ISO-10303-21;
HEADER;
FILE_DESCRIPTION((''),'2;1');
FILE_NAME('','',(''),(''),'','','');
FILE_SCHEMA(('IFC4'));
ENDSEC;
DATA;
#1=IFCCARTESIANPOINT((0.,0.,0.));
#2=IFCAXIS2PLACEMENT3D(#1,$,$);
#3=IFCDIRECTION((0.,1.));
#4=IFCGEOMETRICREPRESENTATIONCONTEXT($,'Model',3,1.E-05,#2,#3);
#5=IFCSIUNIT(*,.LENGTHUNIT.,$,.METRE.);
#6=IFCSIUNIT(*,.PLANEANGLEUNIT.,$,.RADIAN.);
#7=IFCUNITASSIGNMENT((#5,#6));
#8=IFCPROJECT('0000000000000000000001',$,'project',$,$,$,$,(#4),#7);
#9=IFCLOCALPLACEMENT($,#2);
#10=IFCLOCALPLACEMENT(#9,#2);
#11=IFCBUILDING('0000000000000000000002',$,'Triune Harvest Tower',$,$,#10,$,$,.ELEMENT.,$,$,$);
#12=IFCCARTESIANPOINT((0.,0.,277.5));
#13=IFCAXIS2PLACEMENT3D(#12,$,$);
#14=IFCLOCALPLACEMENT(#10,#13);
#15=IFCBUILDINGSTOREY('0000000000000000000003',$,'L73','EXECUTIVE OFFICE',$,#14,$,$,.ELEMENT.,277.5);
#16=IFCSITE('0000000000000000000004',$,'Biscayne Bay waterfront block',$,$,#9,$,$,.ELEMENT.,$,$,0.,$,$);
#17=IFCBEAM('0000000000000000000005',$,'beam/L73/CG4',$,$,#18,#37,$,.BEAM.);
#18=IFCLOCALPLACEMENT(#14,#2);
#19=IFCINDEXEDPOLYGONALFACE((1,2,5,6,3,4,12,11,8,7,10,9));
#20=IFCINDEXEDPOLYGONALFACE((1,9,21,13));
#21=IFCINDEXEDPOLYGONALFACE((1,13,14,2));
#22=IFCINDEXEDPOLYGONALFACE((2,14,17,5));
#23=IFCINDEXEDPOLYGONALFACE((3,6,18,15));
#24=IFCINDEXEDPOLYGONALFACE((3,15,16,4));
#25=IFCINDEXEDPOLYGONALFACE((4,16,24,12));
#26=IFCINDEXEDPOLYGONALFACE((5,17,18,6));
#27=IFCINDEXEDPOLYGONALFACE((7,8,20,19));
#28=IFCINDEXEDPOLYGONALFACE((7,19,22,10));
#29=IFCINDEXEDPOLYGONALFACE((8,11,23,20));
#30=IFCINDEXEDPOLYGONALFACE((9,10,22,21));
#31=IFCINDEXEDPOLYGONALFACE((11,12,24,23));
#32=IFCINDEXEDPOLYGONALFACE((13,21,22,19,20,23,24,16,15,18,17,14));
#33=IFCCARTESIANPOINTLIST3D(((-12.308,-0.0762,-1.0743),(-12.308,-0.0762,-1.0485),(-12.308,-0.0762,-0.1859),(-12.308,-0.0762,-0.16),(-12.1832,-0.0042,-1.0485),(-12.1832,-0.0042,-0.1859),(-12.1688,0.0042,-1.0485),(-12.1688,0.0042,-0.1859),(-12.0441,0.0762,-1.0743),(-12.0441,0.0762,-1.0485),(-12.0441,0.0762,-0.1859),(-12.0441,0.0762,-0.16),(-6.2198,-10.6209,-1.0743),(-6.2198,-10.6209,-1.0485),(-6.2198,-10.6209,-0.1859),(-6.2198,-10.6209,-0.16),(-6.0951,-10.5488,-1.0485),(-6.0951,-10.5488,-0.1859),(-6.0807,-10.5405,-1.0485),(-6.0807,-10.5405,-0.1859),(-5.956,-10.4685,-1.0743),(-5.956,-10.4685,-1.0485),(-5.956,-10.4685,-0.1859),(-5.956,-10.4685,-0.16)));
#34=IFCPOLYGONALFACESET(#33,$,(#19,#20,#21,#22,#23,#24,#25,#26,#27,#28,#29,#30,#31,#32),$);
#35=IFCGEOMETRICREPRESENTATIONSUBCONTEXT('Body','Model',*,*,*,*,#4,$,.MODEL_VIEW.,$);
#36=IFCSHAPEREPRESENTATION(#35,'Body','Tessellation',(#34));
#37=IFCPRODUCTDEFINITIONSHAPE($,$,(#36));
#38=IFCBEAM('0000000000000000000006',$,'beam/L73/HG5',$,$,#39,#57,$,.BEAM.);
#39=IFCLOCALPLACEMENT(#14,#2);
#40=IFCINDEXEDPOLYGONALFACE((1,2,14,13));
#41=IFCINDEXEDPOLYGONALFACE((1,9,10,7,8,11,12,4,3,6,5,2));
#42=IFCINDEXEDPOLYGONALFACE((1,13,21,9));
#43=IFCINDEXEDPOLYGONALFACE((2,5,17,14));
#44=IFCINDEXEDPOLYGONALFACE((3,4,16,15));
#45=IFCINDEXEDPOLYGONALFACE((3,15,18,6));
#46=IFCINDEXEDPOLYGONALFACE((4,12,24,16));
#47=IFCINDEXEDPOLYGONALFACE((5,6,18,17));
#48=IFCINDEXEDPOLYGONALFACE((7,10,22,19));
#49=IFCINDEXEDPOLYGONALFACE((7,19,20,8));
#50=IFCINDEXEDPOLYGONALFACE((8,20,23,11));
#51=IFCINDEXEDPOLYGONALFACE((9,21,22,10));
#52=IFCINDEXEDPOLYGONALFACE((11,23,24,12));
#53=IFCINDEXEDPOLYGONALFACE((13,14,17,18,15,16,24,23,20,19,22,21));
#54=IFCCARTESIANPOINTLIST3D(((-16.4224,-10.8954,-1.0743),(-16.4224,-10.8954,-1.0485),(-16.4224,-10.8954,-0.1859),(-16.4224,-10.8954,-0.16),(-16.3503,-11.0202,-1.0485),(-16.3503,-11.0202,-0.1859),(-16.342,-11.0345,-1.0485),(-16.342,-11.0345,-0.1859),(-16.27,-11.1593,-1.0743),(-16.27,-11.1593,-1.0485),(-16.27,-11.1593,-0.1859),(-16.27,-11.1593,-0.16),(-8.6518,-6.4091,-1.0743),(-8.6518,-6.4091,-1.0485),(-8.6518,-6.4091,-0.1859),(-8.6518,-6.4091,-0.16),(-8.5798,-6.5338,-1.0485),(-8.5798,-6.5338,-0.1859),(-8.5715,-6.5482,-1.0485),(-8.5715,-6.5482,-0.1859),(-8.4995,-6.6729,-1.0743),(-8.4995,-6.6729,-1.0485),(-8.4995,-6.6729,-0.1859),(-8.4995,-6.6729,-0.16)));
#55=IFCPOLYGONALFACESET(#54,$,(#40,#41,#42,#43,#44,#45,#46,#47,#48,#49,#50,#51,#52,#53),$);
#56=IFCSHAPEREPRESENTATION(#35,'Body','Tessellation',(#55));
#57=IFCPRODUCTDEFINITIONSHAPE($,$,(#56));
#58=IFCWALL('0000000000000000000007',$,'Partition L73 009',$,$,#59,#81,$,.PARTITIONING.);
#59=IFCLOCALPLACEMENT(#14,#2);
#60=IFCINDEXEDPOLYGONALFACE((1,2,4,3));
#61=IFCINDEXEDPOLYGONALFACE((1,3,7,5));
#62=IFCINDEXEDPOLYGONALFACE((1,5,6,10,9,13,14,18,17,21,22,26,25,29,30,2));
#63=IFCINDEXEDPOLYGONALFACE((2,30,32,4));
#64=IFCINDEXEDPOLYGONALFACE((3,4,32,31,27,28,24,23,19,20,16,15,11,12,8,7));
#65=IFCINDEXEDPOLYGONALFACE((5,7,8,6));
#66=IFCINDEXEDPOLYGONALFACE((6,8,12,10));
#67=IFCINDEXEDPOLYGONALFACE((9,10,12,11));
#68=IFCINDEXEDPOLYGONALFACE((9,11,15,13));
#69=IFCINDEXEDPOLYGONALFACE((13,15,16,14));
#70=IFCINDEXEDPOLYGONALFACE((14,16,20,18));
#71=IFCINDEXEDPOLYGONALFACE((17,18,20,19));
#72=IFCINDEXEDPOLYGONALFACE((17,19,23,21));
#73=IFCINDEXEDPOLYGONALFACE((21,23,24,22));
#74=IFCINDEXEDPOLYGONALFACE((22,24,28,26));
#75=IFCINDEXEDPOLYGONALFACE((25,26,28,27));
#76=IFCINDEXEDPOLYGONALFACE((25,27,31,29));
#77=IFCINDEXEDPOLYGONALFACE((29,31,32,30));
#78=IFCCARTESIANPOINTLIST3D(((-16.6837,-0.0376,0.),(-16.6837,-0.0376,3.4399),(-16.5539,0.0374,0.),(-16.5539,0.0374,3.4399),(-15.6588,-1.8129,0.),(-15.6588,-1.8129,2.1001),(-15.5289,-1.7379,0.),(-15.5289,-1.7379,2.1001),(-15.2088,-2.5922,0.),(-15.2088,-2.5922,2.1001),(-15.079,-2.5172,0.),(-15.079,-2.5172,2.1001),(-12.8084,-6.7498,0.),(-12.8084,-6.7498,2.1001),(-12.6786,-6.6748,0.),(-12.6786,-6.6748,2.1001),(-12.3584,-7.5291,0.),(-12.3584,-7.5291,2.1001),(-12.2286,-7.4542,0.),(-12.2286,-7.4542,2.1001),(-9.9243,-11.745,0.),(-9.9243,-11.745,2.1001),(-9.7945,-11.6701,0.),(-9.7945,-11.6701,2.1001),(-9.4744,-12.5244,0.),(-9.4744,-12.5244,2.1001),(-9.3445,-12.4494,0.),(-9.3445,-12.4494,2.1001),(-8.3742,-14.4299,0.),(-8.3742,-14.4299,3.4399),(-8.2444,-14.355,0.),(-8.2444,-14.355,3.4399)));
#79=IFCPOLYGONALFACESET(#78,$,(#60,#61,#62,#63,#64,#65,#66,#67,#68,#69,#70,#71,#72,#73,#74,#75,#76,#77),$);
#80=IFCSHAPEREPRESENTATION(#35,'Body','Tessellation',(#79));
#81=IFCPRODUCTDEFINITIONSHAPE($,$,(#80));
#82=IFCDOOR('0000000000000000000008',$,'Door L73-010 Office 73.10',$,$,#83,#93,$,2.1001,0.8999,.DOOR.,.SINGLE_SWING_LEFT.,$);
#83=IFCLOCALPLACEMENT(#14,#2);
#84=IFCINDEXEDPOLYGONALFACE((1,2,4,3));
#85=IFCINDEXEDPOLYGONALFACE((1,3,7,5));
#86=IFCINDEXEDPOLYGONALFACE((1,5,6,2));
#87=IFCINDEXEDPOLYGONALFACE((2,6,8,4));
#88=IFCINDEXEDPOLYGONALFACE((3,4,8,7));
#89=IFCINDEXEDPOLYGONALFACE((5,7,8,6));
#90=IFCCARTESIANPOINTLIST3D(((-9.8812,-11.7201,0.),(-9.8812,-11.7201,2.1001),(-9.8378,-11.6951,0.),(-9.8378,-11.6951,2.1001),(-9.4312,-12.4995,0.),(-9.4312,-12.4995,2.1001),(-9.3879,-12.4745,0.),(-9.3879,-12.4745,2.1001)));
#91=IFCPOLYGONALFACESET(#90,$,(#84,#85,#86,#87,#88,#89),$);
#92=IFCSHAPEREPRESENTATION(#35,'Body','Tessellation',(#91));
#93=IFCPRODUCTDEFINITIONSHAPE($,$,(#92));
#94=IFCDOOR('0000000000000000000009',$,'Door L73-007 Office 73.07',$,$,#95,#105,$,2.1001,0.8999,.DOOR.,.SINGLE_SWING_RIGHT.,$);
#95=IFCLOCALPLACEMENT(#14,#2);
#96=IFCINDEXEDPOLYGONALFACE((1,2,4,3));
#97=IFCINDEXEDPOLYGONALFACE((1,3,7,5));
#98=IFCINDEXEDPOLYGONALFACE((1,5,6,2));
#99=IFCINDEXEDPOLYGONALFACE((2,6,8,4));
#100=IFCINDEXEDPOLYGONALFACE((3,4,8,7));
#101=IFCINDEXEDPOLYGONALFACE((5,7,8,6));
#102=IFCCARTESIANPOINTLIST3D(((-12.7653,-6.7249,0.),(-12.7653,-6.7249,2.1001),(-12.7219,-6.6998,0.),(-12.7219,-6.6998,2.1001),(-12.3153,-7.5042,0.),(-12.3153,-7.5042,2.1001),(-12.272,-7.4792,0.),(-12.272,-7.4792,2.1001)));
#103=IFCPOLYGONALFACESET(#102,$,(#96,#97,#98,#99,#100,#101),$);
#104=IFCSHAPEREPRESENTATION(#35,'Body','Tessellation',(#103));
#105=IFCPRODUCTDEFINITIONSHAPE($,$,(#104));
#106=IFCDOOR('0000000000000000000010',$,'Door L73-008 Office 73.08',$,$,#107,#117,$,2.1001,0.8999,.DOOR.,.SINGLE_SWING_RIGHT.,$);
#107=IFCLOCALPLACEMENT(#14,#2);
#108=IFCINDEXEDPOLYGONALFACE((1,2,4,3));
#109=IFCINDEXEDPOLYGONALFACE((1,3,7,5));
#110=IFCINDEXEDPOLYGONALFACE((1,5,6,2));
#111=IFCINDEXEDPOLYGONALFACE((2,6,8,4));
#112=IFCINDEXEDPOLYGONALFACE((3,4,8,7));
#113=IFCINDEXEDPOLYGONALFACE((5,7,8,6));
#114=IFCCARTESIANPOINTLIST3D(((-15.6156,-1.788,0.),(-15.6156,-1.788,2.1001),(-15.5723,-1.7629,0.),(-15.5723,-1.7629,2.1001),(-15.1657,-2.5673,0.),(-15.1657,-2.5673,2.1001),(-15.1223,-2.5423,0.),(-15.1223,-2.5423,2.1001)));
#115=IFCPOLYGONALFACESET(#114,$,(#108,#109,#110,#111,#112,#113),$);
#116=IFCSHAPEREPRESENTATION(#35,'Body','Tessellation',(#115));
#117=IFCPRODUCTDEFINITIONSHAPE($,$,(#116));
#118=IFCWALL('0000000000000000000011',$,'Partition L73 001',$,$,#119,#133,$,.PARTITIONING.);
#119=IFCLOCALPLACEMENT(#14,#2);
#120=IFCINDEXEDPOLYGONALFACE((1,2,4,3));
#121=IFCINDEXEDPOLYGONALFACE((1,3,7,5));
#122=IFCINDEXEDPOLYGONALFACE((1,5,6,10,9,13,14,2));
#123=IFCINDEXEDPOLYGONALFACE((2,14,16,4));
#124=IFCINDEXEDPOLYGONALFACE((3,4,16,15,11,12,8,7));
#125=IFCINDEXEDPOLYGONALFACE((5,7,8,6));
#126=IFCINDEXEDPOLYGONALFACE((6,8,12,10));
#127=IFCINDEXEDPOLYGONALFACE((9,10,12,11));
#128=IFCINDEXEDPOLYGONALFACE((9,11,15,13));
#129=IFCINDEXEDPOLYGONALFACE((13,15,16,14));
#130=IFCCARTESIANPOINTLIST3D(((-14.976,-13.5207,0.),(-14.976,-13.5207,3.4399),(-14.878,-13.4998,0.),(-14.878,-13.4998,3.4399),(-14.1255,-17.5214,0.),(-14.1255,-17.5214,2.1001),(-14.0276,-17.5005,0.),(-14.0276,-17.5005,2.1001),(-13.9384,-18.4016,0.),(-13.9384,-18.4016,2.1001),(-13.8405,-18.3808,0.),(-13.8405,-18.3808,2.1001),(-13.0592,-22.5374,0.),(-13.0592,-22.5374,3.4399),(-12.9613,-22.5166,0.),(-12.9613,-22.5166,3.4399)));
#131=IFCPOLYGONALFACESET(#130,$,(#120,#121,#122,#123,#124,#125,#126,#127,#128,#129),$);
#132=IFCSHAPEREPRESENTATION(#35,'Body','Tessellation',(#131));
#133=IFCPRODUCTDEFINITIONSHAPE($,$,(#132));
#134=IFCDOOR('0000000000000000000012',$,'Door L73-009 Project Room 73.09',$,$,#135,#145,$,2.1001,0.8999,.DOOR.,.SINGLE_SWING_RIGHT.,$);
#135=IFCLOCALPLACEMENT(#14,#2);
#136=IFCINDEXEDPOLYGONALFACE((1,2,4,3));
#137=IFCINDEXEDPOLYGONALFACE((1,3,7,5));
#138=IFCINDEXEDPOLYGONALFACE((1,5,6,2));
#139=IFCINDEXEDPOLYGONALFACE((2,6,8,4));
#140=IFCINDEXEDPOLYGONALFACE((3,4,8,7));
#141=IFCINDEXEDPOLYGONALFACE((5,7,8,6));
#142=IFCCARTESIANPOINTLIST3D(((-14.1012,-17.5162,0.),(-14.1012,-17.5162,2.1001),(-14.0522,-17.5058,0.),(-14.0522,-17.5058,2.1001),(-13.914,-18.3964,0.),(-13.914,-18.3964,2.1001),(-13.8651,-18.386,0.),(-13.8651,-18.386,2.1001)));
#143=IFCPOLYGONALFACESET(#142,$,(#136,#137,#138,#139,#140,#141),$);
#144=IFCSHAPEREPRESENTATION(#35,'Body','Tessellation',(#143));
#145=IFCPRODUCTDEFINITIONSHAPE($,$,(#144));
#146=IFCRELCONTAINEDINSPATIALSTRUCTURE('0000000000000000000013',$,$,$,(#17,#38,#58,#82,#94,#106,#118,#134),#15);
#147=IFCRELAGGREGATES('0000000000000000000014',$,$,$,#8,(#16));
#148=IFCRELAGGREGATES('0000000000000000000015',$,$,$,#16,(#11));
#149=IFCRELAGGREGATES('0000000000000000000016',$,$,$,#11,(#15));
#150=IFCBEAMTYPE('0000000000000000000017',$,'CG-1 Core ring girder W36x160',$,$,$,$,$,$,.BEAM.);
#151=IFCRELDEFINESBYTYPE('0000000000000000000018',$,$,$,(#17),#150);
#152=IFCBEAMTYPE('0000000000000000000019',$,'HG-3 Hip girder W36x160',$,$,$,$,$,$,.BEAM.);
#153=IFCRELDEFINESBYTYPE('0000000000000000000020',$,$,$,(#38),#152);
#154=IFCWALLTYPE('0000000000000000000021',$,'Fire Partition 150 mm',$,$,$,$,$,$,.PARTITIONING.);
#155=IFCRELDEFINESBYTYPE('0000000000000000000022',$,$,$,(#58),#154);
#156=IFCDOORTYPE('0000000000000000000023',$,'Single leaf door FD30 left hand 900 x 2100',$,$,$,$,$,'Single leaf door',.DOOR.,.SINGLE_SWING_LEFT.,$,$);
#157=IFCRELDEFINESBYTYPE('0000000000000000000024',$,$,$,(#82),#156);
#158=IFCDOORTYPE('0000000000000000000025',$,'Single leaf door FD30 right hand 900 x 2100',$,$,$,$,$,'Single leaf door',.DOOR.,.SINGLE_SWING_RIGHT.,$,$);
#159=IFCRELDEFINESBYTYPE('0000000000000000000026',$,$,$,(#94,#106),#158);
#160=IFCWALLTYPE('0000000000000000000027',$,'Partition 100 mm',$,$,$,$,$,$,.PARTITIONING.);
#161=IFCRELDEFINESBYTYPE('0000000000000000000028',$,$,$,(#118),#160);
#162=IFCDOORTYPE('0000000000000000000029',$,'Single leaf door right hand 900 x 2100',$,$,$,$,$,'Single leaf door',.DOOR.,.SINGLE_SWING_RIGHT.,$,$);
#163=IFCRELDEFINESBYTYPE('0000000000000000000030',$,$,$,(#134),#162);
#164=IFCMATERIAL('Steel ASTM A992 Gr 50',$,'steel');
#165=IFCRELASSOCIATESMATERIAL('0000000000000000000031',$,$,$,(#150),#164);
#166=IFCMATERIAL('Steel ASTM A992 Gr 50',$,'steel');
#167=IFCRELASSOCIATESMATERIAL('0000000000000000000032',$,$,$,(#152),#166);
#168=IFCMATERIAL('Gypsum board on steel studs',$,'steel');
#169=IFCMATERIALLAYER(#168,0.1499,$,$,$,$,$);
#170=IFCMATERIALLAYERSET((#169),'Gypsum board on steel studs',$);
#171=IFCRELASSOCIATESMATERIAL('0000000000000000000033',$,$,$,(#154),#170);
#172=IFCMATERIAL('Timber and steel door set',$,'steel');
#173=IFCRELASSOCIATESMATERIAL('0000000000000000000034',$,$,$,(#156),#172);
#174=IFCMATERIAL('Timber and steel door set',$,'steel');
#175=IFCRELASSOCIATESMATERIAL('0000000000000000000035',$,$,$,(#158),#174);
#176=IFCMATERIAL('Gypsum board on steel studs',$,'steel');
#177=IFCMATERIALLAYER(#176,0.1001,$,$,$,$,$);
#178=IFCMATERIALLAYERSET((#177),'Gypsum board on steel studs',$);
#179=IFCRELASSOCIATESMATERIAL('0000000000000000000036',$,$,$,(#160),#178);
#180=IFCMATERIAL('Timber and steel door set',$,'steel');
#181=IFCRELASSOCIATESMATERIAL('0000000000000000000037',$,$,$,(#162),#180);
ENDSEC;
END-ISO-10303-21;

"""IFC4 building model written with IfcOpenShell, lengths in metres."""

from ifc_helpers import new_model, si_unit, direction, frame, frame_2d, origin, origin_2d, place, context, subcontext, project, spatial, rectangle, i_section, extrude, source, transform, mapped, material, layer, layer_set, material_profile, profile_set, type_object, element, fill, save


model = new_model("IFC4")

# Units and contexts
model_context = context("Model", 3, precision=1e-05, world=origin(), true_north=direction((0.0, 1.0)))
body_context = subcontext(model_context, "Body", "Model", "MODEL_VIEW")
ifc_project = project(units=[si_unit("LENGTHUNIT", "METRE"), si_unit("PLANEANGLEUNIT", "RADIAN")], contexts=[model_context])

# Site, building, storey
site_placement = place(None, origin())
site = spatial("IfcSite", under=ifc_project, at=site_placement, Name="Biscayne Bay waterfront block", CompositionType="ELEMENT", RefElevation=0.0)
building_placement = place(site_placement, origin())
building = spatial("IfcBuilding", under=site, at=building_placement, Name="Triune Harvest Tower", CompositionType="ELEMENT")
storey_placement = place(building_placement, frame((0.0, 0.0, 277.5)))
storey = spatial("IfcBuildingStorey", under=building, at=storey_placement, Name="L73", Description="EXECUTIVE OFFICE", CompositionType="ELEMENT", Elevation=277.5)

# Beams
ifc_material_1 = material(Name="Steel ASTM A992 Gr 50", Category="steel")
ifc_material_profile_1 = material_profile(ifc_material_1, i_section(OverallWidth=0.3047, OverallDepth=0.9143, WebThickness=0.0166, FlangeThickness=0.0259, at=origin_2d()), Name="W36x160")
ifc_profile_set_1 = profile_set([ifc_material_profile_1], Name="Steel ASTM A992 Gr 50")
beam_type_1 = type_object("IfcBeamType", Name="CG-1 Core ring girder W36x160", PredefinedType="BEAM", material=ifc_profile_set_1)
shared_shape_1 = source(origin(), body_context, "Body", "SweptSolid", [
    extrude(i_section(OverallWidth=0.3047, OverallDepth=0.9143, WebThickness=0.0166, FlangeThickness=0.0259, at=origin_2d()), origin(), (0.0, 0.0, 1.0), 12.176),
])
beam_1_placement = place(storey_placement, frame((-12.176, 0.0, -0.6172), z_axis=(0.50001, -0.86602, 0.0), x_axis=(0.86602, 0.50001, 0.0)))
element("IfcBeam", 1, at=beam_1_placement, inside=storey, type_object=beam_type_1, Name="beam/L73/CG4", PredefinedType="BEAM", context=body_context, shape_type="MappedRepresentation", body=[
    mapped(shared_shape_1, transform((0.0, 0.0, 0.0), scale=1.0)),
])
ifc_material_2 = material(Name="Steel ASTM A992 Gr 50", Category="steel")
ifc_material_profile_2 = material_profile(ifc_material_2, i_section(OverallWidth=0.3047, OverallDepth=0.9143, WebThickness=0.0166, FlangeThickness=0.0259, at=origin_2d()), Name="W36x160")
ifc_profile_set_2 = profile_set([ifc_material_profile_2], Name="Steel ASTM A992 Gr 50")
beam_type_2 = type_object("IfcBeamType", Name="HG-3 Hip girder W36x160", PredefinedType="BEAM", material=ifc_profile_set_2)
shared_shape_2 = source(origin(), body_context, "Body", "SweptSolid", [
    extrude(i_section(OverallWidth=0.3047, OverallDepth=0.9143, WebThickness=0.0166, FlangeThickness=0.0259, at=origin_2d()), origin(), (0.0, 0.0, 1.0), 8.9727),
])
beam_2_placement = place(storey_placement, frame((-16.3462, -11.0273, -0.6172), z_axis=(0.866024, 0.500002, 0.0), x_axis=(-0.500002, 0.866024, 0.0)))
element("IfcBeam", 2, at=beam_2_placement, inside=storey, type_object=beam_type_2, Name="beam/L73/HG5", PredefinedType="BEAM", context=body_context, shape_type="MappedRepresentation", body=[
    mapped(shared_shape_2, transform((0.0, 0.0, 0.0), scale=1.0)),
])

# Wall, openings, doors
ifc_material_3 = material(Name="Gypsum board on steel studs", Category="steel")
ifc_layer_1 = layer(ifc_material_3, 0.1499)
ifc_layer_set_1 = layer_set([ifc_layer_1], Name="Gypsum board on steel studs")
wall_type_1 = type_object("IfcWallType", Name="Fire Partition 150 mm", PredefinedType="PARTITIONING", material=ifc_layer_set_1)
wall_1_placement = place(storey_placement, frame((-16.6189, 0.0, 0.0), z_axis=(0.0, 0.0, 1.0), x_axis=(0.500007, -0.866021, 0.0)))
wall_1 = element("IfcWall", 3, at=wall_1_placement, inside=storey, type_object=wall_type_1, Name="Partition L73 009", PredefinedType="PARTITIONING", context=body_context, shape_type="SweptSolid", body=[
    extrude(rectangle(XDim=16.6189, YDim=0.1499, at=frame_2d((8.3096, 0.0))), origin(), (0.0, 0.0, 1.0), 3.4399),
])
opening_1_placement = place(wall_1_placement, frame((7.7507, 0.0, 0.0)))
opening_1 = element("IfcOpeningElement", 4, at=opening_1_placement, cuts=wall_1, PredefinedType="OPENING", context=body_context, shape_type="SweptSolid", body=[
    extrude(rectangle(XDim=0.8999, YDim=2.1001, at=frame_2d((0.45, 1.05))), frame((0.0, 0.085, 0.0), z_axis=(0.0, -1.0, 0.0), x_axis=(1.0, 0.0, 0.0)), (0.0, 0.0, 1.0), 0.1699),
])
opening_2_placement = place(wall_1_placement, frame((2.05, 0.0, 0.0)))
opening_2 = element("IfcOpeningElement", 5, at=opening_2_placement, cuts=wall_1, PredefinedType="OPENING", context=body_context, shape_type="SweptSolid", body=[
    extrude(rectangle(XDim=0.8999, YDim=2.1001, at=frame_2d((0.45, 1.05))), frame((0.0, 0.085, 0.0), z_axis=(0.0, -1.0, 0.0), x_axis=(1.0, 0.0, 0.0)), (0.0, 0.0, 1.0), 0.1699),
])
opening_3_placement = place(wall_1_placement, frame((13.5188, 0.0, 0.0)))
opening_3 = element("IfcOpeningElement", 6, at=opening_3_placement, cuts=wall_1, PredefinedType="OPENING", context=body_context, shape_type="SweptSolid", body=[
    extrude(rectangle(XDim=0.8999, YDim=2.1001, at=frame_2d((0.45, 1.05))), frame((0.0, 0.085, 0.0), z_axis=(0.0, -1.0, 0.0), x_axis=(1.0, 0.0, 0.0)), (0.0, 0.0, 1.0), 0.1699),
])
ifc_material_4 = material(Name="Timber and steel door set", Category="steel")
door_type_1 = type_object("IfcDoorType", Name="Single leaf door FD30 left hand 900 x 2100", ElementType="Single leaf door", OperationType="SINGLE_SWING_LEFT", PredefinedType="DOOR", material=ifc_material_4)
door_1_placement = place(opening_3_placement, origin())
door_1 = element("IfcDoor", 7, at=door_1_placement, inside=storey, type_object=door_type_1, Name="Door L73-010 Office 73.10", OperationType="SINGLE_SWING_LEFT", OverallHeight=2.1001, OverallWidth=0.8999, PredefinedType="DOOR", context=body_context, shape_type="SweptSolid", body=[
    extrude(rectangle(XDim=0.8999, YDim=2.1001, at=frame_2d((0.45, 1.05))), frame((0.0, 0.0249, 0.0), z_axis=(0.0, -1.0, 0.0), x_axis=(1.0, 0.0, 0.0)), (0.0, 0.0, 1.0), 0.05),
])
fill(opening_3, door_1)
ifc_material_5 = material(Name="Timber and steel door set", Category="steel")
door_type_2 = type_object("IfcDoorType", Name="Single leaf door FD30 right hand 900 x 2100", ElementType="Single leaf door", OperationType="SINGLE_SWING_RIGHT", PredefinedType="DOOR", material=ifc_material_5)
door_2_placement = place(opening_1_placement, origin())
door_2 = element("IfcDoor", 8, at=door_2_placement, inside=storey, type_object=door_type_2, Name="Door L73-007 Office 73.07", OperationType="SINGLE_SWING_RIGHT", OverallHeight=2.1001, OverallWidth=0.8999, PredefinedType="DOOR", context=body_context, shape_type="SweptSolid", body=[
    extrude(rectangle(XDim=0.8999, YDim=2.1001, at=frame_2d((0.45, 1.05))), frame((0.0, 0.0249, 0.0), z_axis=(0.0, -1.0, 0.0), x_axis=(1.0, 0.0, 0.0)), (0.0, 0.0, 1.0), 0.05),
])
fill(opening_1, door_2)
door_3_placement = place(opening_2_placement, origin())
door_3 = element("IfcDoor", 9, at=door_3_placement, inside=storey, type_object=door_type_2, Name="Door L73-008 Office 73.08", OperationType="SINGLE_SWING_RIGHT", OverallHeight=2.1001, OverallWidth=0.8999, PredefinedType="DOOR", context=body_context, shape_type="SweptSolid", body=[
    extrude(rectangle(XDim=0.8999, YDim=2.1001, at=frame_2d((0.45, 1.05))), frame((0.0, 0.0249, 0.0), z_axis=(0.0, -1.0, 0.0), x_axis=(1.0, 0.0, 0.0)), (0.0, 0.0, 1.0), 0.05),
])
fill(opening_2, door_3)

# Wall, opening, door
ifc_material_6 = material(Name="Gypsum board on steel studs", Category="steel")
ifc_layer_2 = layer(ifc_material_6, 0.1001)
ifc_layer_set_2 = layer_set([ifc_layer_2], Name="Gypsum board on steel studs")
wall_type_2 = type_object("IfcWallType", Name="Partition 100 mm", PredefinedType="PARTITIONING", material=ifc_layer_set_2)
wall_2_placement = place(storey_placement, frame((-14.927, -13.5103, 0.0), z_axis=(0.0, 0.0, 1.0), x_axis=(0.207928, -0.978144, 0.0)))
wall_2 = element("IfcWall", 10, at=wall_2_placement, inside=storey, type_object=wall_type_2, Name="Partition L73 001", PredefinedType="PARTITIONING", context=body_context, shape_type="SweptSolid", body=[
    extrude(rectangle(XDim=9.2183, YDim=0.1001, at=frame_2d((4.6091, 0.0))), origin(), (0.0, 0.0, 1.0), 3.4399),
])
opening_4_placement = place(wall_2_placement, frame((4.0901, 0.0, 0.0)))
opening_4 = element("IfcOpeningElement", 11, at=opening_4_placement, cuts=wall_2, PredefinedType="OPENING", context=body_context, shape_type="SweptSolid", body=[
    extrude(rectangle(XDim=0.8999, YDim=2.1001, at=frame_2d((0.45, 1.05))), frame((0.0, 0.0601, 0.0), z_axis=(0.0, -1.0, 0.0), x_axis=(1.0, 0.0, 0.0)), (0.0, 0.0, 1.0), 0.1201),
])
ifc_material_7 = material(Name="Timber and steel door set", Category="steel")
door_type_3 = type_object("IfcDoorType", Name="Single leaf door right hand 900 x 2100", ElementType="Single leaf door", OperationType="SINGLE_SWING_RIGHT", PredefinedType="DOOR", material=ifc_material_7)
door_4_placement = place(opening_4_placement, origin())
door_4 = element("IfcDoor", 12, at=door_4_placement, inside=storey, type_object=door_type_3, Name="Door L73-009 Project Room 73.09", OperationType="SINGLE_SWING_RIGHT", OverallHeight=2.1001, OverallWidth=0.8999, PredefinedType="DOOR", context=body_context, shape_type="SweptSolid", body=[
    extrude(rectangle(XDim=0.8999, YDim=2.1001, at=frame_2d((0.45, 1.05))), frame((0.0, 0.0249, 0.0), z_axis=(0.0, -1.0, 0.0), x_axis=(1.0, 0.0, 0.0)), (0.0, 0.0, 1.0), 0.05),
])
fill(opening_4, door_4)

save(model, "model.ifc")
